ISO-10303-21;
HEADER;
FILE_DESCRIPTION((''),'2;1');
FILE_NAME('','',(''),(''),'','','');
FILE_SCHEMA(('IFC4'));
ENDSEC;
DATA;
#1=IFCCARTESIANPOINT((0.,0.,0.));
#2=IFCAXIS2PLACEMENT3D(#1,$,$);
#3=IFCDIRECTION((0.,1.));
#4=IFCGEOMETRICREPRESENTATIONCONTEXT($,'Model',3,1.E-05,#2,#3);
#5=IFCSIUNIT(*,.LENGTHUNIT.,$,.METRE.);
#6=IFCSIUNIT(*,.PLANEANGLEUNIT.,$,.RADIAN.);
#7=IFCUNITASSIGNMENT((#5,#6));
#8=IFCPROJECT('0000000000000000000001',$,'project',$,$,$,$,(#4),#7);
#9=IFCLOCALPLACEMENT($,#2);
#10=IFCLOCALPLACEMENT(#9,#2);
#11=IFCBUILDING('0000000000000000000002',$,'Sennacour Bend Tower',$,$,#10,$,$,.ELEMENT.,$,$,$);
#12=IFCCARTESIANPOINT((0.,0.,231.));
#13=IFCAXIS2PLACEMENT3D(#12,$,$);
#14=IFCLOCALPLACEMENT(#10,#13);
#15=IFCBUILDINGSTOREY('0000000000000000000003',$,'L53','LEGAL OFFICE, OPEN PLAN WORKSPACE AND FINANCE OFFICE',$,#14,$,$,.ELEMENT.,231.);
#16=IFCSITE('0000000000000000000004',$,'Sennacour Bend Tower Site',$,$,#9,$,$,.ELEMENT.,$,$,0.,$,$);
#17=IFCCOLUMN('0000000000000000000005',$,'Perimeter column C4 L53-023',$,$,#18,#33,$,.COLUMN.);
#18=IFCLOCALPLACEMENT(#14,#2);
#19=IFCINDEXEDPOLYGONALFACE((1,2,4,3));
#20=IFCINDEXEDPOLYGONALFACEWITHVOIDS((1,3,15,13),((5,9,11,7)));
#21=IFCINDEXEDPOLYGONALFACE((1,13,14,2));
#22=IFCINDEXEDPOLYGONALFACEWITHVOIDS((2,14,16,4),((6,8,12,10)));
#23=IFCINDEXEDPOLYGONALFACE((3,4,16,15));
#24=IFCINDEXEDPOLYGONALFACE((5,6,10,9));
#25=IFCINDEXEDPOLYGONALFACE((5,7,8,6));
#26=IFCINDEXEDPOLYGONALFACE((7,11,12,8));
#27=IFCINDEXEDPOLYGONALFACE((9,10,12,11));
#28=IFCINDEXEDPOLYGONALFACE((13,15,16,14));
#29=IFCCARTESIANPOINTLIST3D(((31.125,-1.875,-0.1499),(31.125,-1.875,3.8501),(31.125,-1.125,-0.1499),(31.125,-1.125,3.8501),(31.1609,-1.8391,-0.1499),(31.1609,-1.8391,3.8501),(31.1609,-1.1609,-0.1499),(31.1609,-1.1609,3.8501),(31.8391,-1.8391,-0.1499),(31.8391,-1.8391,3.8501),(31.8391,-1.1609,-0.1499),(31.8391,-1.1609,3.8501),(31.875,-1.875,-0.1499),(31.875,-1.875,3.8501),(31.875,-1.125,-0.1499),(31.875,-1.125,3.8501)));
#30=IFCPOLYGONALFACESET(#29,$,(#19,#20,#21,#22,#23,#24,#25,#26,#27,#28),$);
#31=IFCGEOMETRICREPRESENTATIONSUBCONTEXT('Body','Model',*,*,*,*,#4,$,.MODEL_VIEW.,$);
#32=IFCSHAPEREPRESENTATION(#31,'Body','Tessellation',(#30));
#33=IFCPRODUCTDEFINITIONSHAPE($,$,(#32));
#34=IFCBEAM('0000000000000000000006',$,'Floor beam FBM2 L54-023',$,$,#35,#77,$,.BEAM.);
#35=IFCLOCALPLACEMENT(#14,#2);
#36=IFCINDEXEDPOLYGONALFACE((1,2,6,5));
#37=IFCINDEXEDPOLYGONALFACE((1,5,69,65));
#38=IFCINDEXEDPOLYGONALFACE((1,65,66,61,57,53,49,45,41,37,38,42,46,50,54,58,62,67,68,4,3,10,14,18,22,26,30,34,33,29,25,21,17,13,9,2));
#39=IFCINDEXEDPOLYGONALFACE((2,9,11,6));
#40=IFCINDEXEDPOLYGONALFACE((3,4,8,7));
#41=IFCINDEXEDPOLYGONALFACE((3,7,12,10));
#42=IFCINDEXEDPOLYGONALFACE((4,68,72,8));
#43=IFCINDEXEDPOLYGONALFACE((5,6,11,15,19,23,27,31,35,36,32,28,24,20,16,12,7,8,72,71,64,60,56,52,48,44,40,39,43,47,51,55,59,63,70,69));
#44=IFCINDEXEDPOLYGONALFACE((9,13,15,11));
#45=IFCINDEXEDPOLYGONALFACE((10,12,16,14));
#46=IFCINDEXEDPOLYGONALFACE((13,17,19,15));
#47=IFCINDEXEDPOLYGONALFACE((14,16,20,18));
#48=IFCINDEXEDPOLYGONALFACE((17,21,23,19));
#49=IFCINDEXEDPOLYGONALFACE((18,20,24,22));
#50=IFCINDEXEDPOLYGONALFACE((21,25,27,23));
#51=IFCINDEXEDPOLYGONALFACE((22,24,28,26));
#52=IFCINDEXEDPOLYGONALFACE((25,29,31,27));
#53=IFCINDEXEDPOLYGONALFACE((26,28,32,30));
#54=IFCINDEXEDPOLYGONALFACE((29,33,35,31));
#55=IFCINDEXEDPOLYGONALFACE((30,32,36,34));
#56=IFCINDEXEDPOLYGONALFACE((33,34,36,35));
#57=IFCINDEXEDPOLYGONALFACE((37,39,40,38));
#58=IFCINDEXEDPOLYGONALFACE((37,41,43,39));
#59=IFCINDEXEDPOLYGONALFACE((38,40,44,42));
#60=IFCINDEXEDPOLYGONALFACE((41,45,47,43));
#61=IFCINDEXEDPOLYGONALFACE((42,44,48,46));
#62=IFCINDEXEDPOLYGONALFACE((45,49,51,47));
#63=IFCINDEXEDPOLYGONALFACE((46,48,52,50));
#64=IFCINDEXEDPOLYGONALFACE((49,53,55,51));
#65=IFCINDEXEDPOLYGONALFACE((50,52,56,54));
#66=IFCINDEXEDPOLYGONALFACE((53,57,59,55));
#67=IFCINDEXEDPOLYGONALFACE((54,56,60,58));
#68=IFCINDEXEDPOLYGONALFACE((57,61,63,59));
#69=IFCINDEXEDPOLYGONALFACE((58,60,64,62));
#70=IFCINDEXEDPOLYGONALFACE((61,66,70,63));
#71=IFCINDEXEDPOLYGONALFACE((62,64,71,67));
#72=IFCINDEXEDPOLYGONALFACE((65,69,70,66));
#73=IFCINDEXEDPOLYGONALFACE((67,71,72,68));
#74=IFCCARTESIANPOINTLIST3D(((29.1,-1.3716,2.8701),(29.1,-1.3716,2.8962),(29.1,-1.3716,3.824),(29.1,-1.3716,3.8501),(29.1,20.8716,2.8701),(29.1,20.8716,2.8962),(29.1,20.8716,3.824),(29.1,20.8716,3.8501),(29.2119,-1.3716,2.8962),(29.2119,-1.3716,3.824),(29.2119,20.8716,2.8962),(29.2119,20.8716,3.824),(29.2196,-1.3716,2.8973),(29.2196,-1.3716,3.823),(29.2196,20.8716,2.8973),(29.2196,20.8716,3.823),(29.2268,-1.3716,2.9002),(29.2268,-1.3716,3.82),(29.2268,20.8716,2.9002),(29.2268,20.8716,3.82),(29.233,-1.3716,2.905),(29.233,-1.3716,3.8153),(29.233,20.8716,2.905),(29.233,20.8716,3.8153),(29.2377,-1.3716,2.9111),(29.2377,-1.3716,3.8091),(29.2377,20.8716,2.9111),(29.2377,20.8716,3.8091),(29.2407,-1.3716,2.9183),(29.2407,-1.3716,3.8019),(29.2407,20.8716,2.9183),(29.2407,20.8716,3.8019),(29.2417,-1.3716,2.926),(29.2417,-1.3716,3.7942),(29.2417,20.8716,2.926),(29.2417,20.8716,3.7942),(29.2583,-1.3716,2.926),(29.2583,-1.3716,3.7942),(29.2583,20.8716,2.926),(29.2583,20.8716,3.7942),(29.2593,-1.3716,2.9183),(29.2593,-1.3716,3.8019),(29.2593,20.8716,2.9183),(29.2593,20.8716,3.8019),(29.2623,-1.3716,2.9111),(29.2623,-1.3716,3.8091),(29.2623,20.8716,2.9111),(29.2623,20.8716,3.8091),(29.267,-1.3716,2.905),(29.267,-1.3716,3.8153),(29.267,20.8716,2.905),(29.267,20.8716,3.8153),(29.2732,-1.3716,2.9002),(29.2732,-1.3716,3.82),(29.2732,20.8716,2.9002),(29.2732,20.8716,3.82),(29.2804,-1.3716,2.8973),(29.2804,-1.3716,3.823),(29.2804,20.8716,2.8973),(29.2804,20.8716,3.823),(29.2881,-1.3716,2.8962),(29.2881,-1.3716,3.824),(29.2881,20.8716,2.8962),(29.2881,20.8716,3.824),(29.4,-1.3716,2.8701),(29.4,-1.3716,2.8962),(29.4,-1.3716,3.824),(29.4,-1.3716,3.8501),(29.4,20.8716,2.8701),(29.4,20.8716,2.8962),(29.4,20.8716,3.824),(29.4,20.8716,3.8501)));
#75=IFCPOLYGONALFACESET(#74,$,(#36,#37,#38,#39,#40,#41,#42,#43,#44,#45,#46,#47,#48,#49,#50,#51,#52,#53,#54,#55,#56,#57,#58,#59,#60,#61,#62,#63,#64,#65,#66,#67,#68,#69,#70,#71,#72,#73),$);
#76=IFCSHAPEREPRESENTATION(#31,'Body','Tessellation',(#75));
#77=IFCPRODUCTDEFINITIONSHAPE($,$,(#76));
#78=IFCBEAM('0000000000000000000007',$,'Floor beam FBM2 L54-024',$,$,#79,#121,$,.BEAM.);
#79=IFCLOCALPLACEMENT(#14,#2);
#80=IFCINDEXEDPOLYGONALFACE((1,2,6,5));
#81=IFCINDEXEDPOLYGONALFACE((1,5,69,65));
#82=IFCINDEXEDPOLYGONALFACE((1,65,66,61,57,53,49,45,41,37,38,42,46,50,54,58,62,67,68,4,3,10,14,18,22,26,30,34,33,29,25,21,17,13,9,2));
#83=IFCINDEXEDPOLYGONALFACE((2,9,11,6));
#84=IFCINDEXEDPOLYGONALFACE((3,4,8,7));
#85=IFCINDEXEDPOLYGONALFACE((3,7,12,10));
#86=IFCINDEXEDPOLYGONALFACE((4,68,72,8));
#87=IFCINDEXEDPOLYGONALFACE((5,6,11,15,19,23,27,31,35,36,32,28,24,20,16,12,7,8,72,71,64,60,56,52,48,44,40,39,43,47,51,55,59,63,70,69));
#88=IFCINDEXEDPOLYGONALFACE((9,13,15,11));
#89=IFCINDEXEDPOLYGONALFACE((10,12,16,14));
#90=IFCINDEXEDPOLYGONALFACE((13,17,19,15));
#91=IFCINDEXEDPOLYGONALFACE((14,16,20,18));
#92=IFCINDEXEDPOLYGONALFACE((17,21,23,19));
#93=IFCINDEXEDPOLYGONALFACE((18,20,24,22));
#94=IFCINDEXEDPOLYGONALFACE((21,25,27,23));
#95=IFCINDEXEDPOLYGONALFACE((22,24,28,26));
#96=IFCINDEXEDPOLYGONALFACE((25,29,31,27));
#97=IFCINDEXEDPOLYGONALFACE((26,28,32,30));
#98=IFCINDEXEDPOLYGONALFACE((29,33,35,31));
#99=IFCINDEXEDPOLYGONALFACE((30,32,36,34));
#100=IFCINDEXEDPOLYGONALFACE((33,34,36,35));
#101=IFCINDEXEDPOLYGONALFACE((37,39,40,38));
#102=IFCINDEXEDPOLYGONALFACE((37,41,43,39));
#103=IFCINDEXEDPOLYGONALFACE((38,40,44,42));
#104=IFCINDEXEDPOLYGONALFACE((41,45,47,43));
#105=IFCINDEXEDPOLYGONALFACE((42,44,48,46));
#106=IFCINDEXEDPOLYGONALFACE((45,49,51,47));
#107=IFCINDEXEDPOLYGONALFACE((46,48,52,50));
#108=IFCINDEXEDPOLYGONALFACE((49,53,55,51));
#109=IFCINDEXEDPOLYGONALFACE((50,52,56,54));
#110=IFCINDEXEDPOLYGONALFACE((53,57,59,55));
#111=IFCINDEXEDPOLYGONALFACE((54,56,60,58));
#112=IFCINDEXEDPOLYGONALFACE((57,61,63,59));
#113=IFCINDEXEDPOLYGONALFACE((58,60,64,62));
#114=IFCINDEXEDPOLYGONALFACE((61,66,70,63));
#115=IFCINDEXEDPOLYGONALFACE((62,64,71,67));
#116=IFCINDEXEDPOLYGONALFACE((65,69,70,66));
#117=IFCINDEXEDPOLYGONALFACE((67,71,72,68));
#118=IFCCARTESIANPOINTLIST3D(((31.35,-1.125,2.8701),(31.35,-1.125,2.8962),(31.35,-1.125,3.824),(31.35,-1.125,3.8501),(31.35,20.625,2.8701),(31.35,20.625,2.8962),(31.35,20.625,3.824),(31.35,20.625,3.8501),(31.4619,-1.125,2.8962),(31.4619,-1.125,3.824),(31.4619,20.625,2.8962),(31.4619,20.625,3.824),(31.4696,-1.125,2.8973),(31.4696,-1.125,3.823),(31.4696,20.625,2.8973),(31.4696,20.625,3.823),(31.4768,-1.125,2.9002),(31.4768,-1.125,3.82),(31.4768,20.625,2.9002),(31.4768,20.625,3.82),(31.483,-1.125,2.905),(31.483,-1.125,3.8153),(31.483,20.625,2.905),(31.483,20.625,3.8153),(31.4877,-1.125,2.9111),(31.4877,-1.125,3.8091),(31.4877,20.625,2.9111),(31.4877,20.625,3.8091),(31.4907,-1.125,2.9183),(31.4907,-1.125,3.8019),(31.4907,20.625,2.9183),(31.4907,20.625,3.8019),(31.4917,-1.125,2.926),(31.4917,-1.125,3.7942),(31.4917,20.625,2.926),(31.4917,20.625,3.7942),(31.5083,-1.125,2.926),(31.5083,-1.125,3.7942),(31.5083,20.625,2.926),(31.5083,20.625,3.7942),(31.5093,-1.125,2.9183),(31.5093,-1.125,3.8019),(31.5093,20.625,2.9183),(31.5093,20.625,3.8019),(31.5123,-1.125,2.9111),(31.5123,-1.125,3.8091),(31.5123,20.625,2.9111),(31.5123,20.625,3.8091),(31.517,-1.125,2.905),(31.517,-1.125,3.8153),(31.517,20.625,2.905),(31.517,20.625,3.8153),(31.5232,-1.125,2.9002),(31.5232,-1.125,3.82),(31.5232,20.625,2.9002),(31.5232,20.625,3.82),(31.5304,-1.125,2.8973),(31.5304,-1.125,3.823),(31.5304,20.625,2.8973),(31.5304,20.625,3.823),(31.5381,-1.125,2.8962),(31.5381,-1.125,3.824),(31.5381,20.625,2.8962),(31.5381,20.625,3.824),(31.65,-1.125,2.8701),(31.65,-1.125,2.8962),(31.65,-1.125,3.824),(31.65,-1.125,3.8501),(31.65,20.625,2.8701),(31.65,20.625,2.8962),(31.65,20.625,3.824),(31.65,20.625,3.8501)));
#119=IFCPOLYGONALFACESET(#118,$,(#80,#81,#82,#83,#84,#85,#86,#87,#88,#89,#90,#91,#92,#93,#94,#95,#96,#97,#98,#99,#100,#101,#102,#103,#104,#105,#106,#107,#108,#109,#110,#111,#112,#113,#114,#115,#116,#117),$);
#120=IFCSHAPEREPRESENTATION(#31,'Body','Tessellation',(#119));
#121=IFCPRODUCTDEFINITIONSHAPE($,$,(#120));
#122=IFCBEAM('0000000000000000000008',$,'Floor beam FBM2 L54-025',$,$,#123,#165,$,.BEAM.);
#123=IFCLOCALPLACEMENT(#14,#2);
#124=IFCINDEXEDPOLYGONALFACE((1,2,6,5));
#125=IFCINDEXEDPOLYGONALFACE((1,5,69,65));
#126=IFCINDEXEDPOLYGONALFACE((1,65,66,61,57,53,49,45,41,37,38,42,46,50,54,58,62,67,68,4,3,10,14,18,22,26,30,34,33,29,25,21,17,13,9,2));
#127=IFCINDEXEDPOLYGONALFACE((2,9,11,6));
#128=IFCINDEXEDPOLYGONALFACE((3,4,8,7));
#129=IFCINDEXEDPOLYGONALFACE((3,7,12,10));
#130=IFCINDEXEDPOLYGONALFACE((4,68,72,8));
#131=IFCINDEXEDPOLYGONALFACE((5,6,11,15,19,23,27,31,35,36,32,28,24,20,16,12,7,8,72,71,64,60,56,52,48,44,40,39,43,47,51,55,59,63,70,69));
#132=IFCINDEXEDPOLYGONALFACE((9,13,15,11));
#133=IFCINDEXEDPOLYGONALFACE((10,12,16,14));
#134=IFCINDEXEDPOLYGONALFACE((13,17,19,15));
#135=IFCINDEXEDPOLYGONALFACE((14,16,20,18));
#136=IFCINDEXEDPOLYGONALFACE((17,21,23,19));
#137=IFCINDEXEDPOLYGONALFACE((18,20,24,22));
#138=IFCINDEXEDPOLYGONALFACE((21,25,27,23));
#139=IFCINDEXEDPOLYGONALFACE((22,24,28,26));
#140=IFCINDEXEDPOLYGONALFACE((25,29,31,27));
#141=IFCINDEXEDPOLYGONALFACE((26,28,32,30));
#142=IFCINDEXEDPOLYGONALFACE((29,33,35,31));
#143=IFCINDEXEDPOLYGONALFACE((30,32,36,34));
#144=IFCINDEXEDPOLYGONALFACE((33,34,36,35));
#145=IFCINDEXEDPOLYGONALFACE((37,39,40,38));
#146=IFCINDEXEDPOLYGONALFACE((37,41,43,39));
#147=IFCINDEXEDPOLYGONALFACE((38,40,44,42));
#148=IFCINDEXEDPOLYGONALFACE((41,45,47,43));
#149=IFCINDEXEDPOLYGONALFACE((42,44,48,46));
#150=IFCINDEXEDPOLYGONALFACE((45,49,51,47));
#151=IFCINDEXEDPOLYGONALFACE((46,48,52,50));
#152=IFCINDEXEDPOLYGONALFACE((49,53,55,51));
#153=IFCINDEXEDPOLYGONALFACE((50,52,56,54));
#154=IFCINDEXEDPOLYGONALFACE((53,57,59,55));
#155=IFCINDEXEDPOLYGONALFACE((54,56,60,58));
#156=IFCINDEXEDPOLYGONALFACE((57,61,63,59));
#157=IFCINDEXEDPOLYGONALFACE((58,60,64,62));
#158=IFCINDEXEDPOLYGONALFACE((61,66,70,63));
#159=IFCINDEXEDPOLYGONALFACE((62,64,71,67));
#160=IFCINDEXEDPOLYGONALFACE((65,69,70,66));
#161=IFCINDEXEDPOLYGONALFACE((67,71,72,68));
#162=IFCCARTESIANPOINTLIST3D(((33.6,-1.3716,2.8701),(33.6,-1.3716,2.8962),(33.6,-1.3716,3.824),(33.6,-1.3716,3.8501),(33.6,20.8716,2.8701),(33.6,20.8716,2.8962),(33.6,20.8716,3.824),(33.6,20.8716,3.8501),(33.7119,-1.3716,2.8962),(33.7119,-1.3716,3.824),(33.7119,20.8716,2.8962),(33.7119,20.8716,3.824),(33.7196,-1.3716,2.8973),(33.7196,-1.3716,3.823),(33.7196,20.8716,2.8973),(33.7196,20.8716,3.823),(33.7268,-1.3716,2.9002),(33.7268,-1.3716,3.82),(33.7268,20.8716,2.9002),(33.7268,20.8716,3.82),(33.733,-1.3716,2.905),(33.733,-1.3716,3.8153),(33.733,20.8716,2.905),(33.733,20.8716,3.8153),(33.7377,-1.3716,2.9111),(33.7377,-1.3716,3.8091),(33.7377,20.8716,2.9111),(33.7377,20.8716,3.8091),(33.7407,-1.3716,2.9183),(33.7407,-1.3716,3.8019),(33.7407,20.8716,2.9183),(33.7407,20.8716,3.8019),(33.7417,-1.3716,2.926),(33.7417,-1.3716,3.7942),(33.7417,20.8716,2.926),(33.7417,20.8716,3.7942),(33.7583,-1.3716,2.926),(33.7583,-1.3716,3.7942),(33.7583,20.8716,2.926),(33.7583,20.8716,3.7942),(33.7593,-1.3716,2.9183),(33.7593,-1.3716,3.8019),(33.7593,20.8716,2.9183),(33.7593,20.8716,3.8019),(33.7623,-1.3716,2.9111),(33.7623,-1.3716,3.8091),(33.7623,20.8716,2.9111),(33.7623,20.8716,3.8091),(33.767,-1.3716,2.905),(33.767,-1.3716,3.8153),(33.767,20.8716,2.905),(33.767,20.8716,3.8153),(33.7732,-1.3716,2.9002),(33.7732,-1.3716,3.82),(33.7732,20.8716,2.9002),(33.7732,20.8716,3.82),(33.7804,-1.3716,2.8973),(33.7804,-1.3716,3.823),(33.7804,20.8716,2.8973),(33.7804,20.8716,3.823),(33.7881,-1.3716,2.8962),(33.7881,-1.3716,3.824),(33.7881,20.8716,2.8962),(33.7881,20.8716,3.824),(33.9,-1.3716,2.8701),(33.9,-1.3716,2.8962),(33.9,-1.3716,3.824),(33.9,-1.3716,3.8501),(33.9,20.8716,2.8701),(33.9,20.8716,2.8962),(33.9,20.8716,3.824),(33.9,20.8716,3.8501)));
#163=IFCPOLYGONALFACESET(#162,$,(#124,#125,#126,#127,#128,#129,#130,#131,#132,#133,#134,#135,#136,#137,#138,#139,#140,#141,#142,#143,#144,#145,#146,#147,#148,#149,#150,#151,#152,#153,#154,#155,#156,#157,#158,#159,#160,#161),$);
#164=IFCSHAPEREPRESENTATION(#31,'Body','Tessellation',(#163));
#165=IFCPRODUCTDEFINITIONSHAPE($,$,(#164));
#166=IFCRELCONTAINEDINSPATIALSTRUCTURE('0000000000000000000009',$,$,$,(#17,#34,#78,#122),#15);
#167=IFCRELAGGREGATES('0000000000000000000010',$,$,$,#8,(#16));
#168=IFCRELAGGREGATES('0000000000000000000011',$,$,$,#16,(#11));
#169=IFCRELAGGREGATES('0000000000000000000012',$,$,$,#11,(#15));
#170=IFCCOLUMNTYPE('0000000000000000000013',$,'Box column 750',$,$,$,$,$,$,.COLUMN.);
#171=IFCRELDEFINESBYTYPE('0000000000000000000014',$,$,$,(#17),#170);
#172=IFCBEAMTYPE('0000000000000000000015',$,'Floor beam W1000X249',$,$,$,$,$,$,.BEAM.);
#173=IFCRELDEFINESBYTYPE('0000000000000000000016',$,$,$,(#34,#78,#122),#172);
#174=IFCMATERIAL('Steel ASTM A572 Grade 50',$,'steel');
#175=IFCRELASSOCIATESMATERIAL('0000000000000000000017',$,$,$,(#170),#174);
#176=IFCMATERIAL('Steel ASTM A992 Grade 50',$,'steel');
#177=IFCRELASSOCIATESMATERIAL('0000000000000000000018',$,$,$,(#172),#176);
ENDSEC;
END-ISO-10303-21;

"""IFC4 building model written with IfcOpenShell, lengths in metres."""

from ifc_helpers import new_model, si_unit, direction, frame, origin, origin_2d, place, context, subcontext, project, spatial, hollow_rectangle, i_section, extrude, material, material_profile, profile_set, type_object, element, save


model = new_model("IFC4")

# Units and contexts
model_context = context("Model", 3, precision=1e-05, world=origin(), true_north=direction((0.0, 1.0)))
body_context = subcontext(model_context, "Body", "Model", "MODEL_VIEW")
ifc_project = project(units=[si_unit("LENGTHUNIT", "METRE"), si_unit("PLANEANGLEUNIT", "RADIAN")], contexts=[model_context])

# Site, building, storey
site_placement = place(None, origin())
site = spatial("IfcSite", under=ifc_project, at=site_placement, Name="Sennacour Bend Tower Site", CompositionType="ELEMENT", RefElevation=0.0)
building_placement = place(site_placement, origin())
building = spatial("IfcBuilding", under=site, at=building_placement, Name="Sennacour Bend Tower", CompositionType="ELEMENT")
storey_placement = place(building_placement, frame((0.0, 0.0, 231.0)))
storey = spatial("IfcBuildingStorey", under=building, at=storey_placement, Name="L53", Description="LEGAL OFFICE, OPEN PLAN WORKSPACE AND FINANCE OFFICE", CompositionType="ELEMENT", Elevation=231.0)

# Column
ifc_material_1 = material(Name="Steel ASTM A572 Grade 50", Category="steel")
ifc_material_profile_1 = material_profile(ifc_material_1, hollow_rectangle(XDim=0.75, YDim=0.75, WallThickness=0.0359, at=origin_2d()), Name="Steel ASTM A572 Grade 50", Category="steel")
ifc_profile_set_1 = profile_set([ifc_material_profile_1], Name="Steel ASTM A572 Grade 50")
column_type = type_object("IfcColumnType", Name="Box column 750", PredefinedType="COLUMN", material=ifc_profile_set_1)
column_placement = place(storey_placement, frame((31.5, -1.5, -0.1499), z_axis=(0.0, 0.0, 1.0), x_axis=(1.0, 0.0, 0.0)))
element("IfcColumn", 1, at=column_placement, inside=storey, type_object=column_type, Name="Perimeter column C4 L53-023", PredefinedType="COLUMN", context=body_context, shape_type="SweptSolid", body=[
    extrude(hollow_rectangle(XDim=0.75, YDim=0.75, WallThickness=0.0359, at=origin_2d()), origin(), (0.0, 0.0, 1.0), 4.0),
])

# Beams
ifc_material_2 = material(Name="Steel ASTM A992 Grade 50", Category="steel")
ifc_material_profile_2 = material_profile(ifc_material_2, i_section(OverallWidth=0.3, OverallDepth=0.98, WebThickness=0.0166, FlangeThickness=0.0261, FilletRadius=0.0298, at=origin_2d()), Name="Steel ASTM A992 Grade 50", Category="steel")
ifc_profile_set_2 = profile_set([ifc_material_profile_2], Name="Steel ASTM A992 Grade 50")
beam_type_1 = type_object("IfcBeamType", Name="Floor beam W1000X249", PredefinedType="BEAM", material=ifc_profile_set_2)
beam_1_placement = place(storey_placement, frame((29.25, -1.3716, 3.3601), z_axis=(0.0, 1.0, 0.0), x_axis=(-1.0, 0.0, 0.0)))
element("IfcBeam", 2, at=beam_1_placement, inside=storey, type_object=beam_type_1, Name="Floor beam FBM2 L54-023", PredefinedType="BEAM", context=body_context, shape_type="SweptSolid", body=[
    extrude(i_section(OverallWidth=0.3, OverallDepth=0.98, WebThickness=0.0166, FlangeThickness=0.0261, FilletRadius=0.0298, at=origin_2d()), origin(), (0.0, 0.0, 1.0), 22.2432),
])
beam_2_placement = place(storey_placement, frame((31.5, -1.125, 3.3601), z_axis=(0.0, 1.0, 0.0), x_axis=(-1.0, 0.0, 0.0)))
element("IfcBeam", 3, at=beam_2_placement, inside=storey, type_object=beam_type_1, Name="Floor beam FBM2 L54-024", PredefinedType="BEAM", context=body_context, shape_type="SweptSolid", body=[
    extrude(i_section(OverallWidth=0.3, OverallDepth=0.98, WebThickness=0.0166, FlangeThickness=0.0261, FilletRadius=0.0298, at=origin_2d()), origin(), (0.0, 0.0, 1.0), 21.75),
])
beam_3_placement = place(storey_placement, frame((33.75, -1.3716, 3.3601), z_axis=(0.0, 1.0, 0.0), x_axis=(-1.0, 0.0, 0.0)))
element("IfcBeam", 4, at=beam_3_placement, inside=storey, type_object=beam_type_1, Name="Floor beam FBM2 L54-025", PredefinedType="BEAM", context=body_context, shape_type="SweptSolid", body=[
    extrude(i_section(OverallWidth=0.3, OverallDepth=0.98, WebThickness=0.0166, FlangeThickness=0.0261, FilletRadius=0.0298, at=origin_2d()), origin(), (0.0, 0.0, 1.0), 22.2432),
])

save(model, "model.ifc")
